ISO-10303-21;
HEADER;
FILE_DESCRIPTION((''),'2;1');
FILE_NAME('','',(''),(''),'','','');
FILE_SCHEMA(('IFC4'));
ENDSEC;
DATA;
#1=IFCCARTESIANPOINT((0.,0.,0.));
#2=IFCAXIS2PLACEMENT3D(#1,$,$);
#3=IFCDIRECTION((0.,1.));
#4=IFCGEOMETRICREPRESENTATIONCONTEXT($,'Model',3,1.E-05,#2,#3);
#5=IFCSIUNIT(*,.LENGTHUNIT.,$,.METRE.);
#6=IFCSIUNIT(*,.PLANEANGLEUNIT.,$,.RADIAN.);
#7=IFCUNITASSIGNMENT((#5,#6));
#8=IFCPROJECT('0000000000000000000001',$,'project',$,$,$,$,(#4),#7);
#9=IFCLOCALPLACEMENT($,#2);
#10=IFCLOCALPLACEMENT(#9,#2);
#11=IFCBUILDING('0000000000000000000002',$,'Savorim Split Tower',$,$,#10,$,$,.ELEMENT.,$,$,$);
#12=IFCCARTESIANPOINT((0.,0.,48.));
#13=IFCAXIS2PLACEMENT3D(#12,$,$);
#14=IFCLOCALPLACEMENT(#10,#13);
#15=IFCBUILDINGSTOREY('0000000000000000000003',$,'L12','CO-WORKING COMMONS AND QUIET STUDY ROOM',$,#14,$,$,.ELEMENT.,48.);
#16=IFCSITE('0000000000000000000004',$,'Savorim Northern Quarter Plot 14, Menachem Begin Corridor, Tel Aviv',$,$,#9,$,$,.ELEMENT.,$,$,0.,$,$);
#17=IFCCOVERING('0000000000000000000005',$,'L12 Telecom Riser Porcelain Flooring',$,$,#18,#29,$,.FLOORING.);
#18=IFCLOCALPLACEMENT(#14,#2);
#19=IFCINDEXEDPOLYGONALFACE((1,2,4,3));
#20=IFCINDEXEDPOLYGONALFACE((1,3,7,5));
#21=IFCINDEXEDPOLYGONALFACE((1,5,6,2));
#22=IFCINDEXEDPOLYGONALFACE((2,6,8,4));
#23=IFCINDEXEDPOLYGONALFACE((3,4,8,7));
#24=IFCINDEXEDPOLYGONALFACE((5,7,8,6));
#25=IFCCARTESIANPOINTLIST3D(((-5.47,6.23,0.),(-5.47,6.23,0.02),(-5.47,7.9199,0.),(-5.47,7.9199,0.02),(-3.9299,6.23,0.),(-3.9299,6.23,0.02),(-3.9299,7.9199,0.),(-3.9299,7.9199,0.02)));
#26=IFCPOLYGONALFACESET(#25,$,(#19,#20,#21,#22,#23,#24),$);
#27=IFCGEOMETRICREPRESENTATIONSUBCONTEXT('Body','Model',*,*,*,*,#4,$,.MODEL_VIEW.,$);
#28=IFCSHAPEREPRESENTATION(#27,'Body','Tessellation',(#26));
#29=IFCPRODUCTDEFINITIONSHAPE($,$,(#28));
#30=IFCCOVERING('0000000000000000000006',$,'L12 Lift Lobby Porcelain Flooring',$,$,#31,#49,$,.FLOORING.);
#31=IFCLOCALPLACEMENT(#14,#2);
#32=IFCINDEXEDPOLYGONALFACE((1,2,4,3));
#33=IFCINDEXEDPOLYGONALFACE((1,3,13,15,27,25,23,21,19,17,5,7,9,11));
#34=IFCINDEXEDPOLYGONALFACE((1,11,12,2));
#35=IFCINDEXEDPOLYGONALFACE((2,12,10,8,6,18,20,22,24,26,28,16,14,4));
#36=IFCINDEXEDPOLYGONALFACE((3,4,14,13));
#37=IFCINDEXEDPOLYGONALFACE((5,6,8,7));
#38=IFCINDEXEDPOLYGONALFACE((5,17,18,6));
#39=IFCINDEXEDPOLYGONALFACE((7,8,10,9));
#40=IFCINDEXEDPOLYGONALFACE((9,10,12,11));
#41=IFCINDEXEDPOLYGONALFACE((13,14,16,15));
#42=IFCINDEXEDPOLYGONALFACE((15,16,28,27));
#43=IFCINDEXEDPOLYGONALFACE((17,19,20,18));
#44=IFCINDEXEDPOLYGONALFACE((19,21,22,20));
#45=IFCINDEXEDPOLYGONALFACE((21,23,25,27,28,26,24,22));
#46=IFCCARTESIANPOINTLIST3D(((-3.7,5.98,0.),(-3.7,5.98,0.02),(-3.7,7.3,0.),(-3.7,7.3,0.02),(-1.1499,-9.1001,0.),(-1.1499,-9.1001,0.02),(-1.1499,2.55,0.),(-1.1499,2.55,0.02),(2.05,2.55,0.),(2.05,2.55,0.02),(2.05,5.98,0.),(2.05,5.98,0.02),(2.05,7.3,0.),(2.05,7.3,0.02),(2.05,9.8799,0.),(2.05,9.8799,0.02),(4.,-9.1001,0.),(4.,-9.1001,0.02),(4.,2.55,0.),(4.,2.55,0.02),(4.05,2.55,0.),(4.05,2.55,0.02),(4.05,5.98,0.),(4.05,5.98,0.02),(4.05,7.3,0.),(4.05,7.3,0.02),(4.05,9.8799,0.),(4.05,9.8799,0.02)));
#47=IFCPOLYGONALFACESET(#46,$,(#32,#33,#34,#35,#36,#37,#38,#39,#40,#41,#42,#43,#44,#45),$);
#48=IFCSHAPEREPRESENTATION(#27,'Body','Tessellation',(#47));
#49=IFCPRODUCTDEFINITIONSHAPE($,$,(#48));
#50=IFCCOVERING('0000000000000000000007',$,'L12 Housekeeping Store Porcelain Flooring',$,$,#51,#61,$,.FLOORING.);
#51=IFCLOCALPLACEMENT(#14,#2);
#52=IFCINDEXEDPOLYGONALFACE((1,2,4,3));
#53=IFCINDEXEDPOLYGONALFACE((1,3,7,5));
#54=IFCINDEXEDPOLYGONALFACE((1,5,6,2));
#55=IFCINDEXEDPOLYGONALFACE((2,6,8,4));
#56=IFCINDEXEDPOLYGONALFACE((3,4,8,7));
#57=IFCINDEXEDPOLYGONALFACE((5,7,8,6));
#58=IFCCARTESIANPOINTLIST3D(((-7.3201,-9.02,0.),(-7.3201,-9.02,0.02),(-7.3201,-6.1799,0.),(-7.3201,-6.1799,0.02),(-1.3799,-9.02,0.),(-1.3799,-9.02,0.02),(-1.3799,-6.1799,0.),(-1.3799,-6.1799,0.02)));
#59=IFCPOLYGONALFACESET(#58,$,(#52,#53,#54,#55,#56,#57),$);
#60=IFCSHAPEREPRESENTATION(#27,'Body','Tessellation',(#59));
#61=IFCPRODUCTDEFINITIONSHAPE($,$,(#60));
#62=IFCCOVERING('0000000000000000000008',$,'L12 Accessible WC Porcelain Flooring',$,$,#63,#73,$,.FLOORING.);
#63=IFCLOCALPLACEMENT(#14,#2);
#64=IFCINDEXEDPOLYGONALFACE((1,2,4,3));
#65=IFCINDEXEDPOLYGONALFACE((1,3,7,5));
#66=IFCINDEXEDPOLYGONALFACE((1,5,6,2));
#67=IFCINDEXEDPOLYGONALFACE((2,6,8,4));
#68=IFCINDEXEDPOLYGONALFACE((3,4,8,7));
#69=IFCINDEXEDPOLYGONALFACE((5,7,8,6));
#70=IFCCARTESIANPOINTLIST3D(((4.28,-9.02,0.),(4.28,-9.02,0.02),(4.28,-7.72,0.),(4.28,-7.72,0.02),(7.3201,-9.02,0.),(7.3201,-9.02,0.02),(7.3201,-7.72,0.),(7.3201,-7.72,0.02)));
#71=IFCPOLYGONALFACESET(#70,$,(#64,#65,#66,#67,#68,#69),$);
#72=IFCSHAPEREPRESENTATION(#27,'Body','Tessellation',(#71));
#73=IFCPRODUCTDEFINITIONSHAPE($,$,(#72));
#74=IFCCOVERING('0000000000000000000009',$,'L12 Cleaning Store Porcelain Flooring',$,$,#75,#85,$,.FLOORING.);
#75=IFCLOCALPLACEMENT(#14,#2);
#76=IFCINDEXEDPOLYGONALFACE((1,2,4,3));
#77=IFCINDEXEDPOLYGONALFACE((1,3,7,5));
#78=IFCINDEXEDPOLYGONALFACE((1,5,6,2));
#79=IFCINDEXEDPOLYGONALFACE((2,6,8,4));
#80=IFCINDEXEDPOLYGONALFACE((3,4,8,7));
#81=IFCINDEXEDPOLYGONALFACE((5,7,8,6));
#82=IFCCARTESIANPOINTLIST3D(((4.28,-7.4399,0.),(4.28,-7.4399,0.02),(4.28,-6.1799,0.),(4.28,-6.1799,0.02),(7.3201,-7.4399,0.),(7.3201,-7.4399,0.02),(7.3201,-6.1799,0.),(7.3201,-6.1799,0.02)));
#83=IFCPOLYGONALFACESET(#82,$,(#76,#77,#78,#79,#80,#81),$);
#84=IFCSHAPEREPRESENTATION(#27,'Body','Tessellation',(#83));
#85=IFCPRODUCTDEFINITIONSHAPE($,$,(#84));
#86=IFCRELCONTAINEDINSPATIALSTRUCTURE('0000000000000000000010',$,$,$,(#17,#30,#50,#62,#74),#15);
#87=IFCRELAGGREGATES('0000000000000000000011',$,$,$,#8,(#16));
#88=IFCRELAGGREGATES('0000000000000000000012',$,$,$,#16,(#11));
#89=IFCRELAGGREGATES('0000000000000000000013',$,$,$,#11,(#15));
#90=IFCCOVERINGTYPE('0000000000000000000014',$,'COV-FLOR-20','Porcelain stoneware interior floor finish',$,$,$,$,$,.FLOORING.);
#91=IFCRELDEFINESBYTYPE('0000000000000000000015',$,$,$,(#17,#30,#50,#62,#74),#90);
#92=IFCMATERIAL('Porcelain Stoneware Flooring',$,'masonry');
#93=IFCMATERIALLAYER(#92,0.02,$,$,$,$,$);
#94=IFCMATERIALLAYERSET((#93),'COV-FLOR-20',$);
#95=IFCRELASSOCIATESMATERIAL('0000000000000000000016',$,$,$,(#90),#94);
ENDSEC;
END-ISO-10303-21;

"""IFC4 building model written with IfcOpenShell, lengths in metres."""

from ifc_helpers import new_model, si_unit, direction, frame, origin, place, context, subcontext, project, spatial, polyline, outline, extrude, material, layer, layer_set, type_object, element, save


model = new_model("IFC4")

# Units and contexts
model_context = context("Model", 3, precision=1e-05, world=origin(), true_north=direction((0.0, 1.0)))
body_context = subcontext(model_context, "Body", "Model", "MODEL_VIEW")
ifc_project = project(units=[si_unit("LENGTHUNIT", "METRE"), si_unit("PLANEANGLEUNIT", "RADIAN")], contexts=[model_context])

# Site, building, storey
site_placement = place(None, origin())
site = spatial("IfcSite", under=ifc_project, at=site_placement, Name="Savorim Northern Quarter Plot 14, Menachem Begin Corridor, Tel Aviv", CompositionType="ELEMENT", RefElevation=0.0)
building_placement = place(site_placement, origin())
building = spatial("IfcBuilding", under=site, at=building_placement, Name="Savorim Split Tower", CompositionType="ELEMENT")
storey_placement = place(building_placement, frame((0.0, 0.0, 48.0)))
storey = spatial("IfcBuildingStorey", under=building, at=storey_placement, Name="L12", Description="CO-WORKING COMMONS AND QUIET STUDY ROOM", CompositionType="ELEMENT", Elevation=48.0)

# Coverings
ifc_material_1 = material(Name="Porcelain Stoneware Flooring", Category="masonry")
ifc_layer_1 = layer(ifc_material_1, 0.02)
ifc_layer_set_1 = layer_set([ifc_layer_1], Name="COV-FLOR-20")
covering_type_1 = type_object("IfcCoveringType", Name="COV-FLOR-20", Description="Porcelain stoneware interior floor finish", PredefinedType="FLOORING", material=ifc_layer_set_1)
covering_1_placement = place(storey_placement, origin())
element("IfcCovering", 1, at=covering_1_placement, inside=storey, type_object=covering_type_1, Name="L12 Telecom Riser Porcelain Flooring", PredefinedType="FLOORING", context=body_context, shape_type="SweptSolid", body=[
    extrude(outline(polyline([(-5.47, 7.9199), (-5.47, 6.23), (-3.9299, 6.23), (-3.9299, 7.9199), (-5.47, 7.9199)])), origin(), (0.0, 0.0, 1.0), 0.02),
])
covering_2_placement = place(storey_placement, origin())
element("IfcCovering", 2, at=covering_2_placement, inside=storey, type_object=covering_type_1, Name="L12 Lift Lobby Porcelain Flooring", PredefinedType="FLOORING", context=body_context, shape_type="SweptSolid", body=[
    extrude(outline(polyline([(2.05, 2.55), (-1.1499, 2.55), (-1.1499, -9.1001), (4.0, -9.1001), (4.0, 2.55), (4.05, 2.55), (4.05, 5.98), (4.05, 7.3), (4.05, 9.8799), (2.05, 9.8799), (2.05, 7.3), (-3.7, 7.3), (-3.7, 5.98), (2.05, 5.98), (2.05, 2.55)])), origin(), (0.0, 0.0, 1.0), 0.02),
])
covering_3_placement = place(storey_placement, origin())
element("IfcCovering", 3, at=covering_3_placement, inside=storey, type_object=covering_type_1, Name="L12 Housekeeping Store Porcelain Flooring", PredefinedType="FLOORING", context=body_context, shape_type="SweptSolid", body=[
    extrude(outline(polyline([(-7.3201, -6.1799), (-7.3201, -9.02), (-1.3799, -9.02), (-1.3799, -6.1799), (-7.3201, -6.1799)])), origin(), (0.0, 0.0, 1.0), 0.02),
])
covering_4_placement = place(storey_placement, origin())
element("IfcCovering", 4, at=covering_4_placement, inside=storey, type_object=covering_type_1, Name="L12 Accessible WC Porcelain Flooring", PredefinedType="FLOORING", context=body_context, shape_type="SweptSolid", body=[
    extrude(outline(polyline([(4.28, -7.72), (4.28, -9.02), (7.3201, -9.02), (7.3201, -7.72), (4.28, -7.72)])), origin(), (0.0, 0.0, 1.0), 0.02),
])
covering_5_placement = place(storey_placement, origin())
element("IfcCovering", 5, at=covering_5_placement, inside=storey, type_object=covering_type_1, Name="L12 Cleaning Store Porcelain Flooring", PredefinedType="FLOORING", context=body_context, shape_type="SweptSolid", body=[
    extrude(outline(polyline([(4.28, -6.1799), (4.28, -7.4399), (7.3201, -7.4399), (7.3201, -6.1799), (4.28, -6.1799)])), origin(), (0.0, 0.0, 1.0), 0.02),
])

save(model, "model.ifc")
